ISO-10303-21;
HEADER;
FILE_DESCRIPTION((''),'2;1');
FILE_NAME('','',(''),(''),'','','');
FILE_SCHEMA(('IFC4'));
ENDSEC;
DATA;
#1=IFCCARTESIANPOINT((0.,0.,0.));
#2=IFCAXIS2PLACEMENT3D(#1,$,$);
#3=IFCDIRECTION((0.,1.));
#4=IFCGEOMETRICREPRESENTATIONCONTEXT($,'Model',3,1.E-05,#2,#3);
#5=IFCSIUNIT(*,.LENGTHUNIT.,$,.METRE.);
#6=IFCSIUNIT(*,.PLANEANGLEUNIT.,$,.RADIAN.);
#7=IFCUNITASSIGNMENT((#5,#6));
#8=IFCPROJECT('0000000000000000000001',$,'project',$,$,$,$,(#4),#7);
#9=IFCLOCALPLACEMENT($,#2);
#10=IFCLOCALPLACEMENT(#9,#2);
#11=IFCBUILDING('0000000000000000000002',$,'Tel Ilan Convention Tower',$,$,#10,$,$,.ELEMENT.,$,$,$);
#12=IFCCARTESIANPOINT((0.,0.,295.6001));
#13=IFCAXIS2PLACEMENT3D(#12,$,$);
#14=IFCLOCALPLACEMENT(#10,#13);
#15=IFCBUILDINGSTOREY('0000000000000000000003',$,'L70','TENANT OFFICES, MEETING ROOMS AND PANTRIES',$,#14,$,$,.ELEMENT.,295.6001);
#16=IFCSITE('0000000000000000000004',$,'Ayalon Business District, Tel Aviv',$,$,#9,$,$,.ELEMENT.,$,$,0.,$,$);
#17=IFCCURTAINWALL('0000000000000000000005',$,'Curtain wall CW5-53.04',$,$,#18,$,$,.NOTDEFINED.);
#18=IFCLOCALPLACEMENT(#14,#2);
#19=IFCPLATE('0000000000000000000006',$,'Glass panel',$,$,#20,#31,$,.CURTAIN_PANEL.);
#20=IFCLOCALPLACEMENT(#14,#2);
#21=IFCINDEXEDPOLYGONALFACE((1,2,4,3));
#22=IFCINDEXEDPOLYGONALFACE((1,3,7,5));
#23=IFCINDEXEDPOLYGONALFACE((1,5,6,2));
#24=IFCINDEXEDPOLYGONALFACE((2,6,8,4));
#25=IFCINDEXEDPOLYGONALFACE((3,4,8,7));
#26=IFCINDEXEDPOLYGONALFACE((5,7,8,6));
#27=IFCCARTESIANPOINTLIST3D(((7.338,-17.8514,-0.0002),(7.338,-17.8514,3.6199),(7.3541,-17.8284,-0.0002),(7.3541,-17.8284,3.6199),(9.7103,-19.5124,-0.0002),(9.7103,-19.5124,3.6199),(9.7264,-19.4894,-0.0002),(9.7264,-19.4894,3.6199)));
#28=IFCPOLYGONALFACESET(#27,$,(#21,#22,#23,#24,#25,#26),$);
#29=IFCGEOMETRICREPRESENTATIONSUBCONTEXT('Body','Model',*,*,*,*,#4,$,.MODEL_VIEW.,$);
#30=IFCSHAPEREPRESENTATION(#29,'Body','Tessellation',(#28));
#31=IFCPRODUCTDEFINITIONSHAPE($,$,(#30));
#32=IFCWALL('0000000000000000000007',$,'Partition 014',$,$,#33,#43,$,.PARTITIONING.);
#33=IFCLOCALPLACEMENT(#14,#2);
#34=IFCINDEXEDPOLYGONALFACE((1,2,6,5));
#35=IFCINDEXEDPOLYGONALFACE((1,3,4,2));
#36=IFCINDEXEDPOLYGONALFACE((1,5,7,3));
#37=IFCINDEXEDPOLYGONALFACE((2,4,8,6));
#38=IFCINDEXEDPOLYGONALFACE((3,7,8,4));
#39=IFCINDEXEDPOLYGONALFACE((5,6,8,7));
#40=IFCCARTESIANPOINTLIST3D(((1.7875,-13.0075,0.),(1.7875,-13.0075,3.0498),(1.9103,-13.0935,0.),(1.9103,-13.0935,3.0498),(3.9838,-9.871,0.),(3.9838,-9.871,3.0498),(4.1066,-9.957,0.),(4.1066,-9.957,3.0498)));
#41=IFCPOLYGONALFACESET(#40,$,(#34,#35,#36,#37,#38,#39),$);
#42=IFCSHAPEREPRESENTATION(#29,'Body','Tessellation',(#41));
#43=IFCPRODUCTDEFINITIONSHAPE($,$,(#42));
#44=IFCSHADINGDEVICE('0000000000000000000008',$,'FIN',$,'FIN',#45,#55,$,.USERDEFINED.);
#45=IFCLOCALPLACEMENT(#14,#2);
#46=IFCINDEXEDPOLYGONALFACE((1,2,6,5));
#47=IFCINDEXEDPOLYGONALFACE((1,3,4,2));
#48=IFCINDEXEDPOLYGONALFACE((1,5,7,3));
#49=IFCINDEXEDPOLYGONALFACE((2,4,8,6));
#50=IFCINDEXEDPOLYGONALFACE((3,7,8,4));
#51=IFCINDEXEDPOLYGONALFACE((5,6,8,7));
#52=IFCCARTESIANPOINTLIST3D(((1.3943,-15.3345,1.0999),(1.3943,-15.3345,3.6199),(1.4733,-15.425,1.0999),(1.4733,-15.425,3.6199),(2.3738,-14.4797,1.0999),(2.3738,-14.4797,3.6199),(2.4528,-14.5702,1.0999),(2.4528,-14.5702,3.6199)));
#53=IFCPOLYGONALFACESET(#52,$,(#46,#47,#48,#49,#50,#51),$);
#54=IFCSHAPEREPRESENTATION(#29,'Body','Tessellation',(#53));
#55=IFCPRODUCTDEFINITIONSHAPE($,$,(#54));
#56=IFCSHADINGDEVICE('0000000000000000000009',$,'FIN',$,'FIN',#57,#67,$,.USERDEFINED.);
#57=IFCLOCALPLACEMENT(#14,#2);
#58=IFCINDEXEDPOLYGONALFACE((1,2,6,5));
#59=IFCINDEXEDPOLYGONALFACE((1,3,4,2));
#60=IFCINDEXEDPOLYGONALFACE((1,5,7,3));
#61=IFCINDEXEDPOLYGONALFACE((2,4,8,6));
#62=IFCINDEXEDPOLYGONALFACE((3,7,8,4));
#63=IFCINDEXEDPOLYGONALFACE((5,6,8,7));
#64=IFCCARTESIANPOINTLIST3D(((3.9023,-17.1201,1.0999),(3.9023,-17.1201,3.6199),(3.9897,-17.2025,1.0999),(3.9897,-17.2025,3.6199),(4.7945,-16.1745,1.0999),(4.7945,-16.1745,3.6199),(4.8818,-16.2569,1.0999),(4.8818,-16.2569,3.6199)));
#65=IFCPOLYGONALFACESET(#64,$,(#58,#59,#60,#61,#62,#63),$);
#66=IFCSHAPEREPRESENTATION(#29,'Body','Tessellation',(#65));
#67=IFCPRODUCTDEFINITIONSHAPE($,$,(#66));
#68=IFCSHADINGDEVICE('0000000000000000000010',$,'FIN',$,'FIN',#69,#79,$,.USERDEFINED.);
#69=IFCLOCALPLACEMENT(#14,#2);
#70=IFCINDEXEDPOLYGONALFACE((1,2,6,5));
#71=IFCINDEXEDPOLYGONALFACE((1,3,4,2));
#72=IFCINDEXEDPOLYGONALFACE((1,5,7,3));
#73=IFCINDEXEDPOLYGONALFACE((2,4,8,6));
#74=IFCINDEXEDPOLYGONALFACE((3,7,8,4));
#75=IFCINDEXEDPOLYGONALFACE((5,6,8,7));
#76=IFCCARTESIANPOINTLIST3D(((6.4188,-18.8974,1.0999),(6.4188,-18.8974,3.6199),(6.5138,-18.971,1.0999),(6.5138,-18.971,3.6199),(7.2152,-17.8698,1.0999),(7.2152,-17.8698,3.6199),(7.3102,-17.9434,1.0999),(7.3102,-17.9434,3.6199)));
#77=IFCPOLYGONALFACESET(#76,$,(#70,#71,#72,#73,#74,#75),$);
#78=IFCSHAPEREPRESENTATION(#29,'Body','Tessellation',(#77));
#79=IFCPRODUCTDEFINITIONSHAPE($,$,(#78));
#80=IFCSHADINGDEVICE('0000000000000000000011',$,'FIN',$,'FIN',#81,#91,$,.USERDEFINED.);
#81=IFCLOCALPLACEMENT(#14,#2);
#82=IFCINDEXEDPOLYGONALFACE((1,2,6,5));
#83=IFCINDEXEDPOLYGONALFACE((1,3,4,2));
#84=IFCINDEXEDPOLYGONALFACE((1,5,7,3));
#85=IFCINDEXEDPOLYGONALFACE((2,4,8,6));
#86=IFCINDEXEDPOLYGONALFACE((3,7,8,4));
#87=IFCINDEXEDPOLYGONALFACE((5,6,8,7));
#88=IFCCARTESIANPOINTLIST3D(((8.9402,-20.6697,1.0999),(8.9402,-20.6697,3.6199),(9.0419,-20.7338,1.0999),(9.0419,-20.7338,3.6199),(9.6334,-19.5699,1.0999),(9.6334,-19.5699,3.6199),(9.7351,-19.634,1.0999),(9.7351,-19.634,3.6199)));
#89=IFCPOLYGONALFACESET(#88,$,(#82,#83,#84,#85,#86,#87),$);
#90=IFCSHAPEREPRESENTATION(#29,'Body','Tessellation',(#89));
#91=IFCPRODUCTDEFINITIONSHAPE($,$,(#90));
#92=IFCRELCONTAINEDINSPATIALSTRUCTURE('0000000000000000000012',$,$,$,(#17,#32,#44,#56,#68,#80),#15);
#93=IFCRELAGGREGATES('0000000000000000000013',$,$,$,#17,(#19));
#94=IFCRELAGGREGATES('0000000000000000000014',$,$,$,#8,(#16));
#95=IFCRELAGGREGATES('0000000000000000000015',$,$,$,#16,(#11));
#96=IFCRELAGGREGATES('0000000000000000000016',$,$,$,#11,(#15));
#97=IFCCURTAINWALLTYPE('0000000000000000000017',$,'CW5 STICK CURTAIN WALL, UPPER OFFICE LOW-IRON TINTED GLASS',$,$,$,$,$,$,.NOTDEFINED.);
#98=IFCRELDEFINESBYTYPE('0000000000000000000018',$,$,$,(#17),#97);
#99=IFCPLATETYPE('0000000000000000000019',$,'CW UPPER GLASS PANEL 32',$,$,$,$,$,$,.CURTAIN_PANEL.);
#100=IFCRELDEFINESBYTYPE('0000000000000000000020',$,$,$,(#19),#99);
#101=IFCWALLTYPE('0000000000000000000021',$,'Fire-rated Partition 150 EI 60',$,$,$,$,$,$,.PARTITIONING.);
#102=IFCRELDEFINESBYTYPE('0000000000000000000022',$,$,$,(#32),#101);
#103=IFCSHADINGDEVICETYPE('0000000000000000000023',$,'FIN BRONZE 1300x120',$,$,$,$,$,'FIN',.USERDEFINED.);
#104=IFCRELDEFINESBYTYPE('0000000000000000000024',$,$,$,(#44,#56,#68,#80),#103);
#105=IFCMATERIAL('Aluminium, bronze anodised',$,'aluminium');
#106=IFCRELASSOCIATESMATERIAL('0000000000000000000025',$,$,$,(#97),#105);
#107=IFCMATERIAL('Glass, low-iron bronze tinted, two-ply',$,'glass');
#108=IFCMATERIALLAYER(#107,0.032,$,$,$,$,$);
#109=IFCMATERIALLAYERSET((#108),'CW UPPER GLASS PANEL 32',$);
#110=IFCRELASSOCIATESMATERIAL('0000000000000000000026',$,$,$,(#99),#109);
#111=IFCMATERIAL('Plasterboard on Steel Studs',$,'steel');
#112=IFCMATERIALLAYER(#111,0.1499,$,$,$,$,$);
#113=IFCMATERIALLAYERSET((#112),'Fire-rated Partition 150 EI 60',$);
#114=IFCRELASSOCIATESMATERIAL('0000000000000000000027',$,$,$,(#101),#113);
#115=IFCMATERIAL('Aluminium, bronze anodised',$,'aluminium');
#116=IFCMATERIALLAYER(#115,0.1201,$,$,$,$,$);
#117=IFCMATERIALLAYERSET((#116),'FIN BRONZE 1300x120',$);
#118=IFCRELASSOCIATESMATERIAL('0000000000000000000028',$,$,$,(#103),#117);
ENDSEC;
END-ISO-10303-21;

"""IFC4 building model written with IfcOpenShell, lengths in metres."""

from ifc_helpers import new_model, si_unit, direction, frame, frame_2d, origin, origin_2d, place, context, subcontext, project, spatial, rectangle, extrude, material, layer, layer_set, type_object, element, aggregate, save


model = new_model("IFC4")

# Units and contexts
model_context = context("Model", 3, precision=1e-05, world=origin(), true_north=direction((0.0, 1.0)))
body_context = subcontext(model_context, "Body", "Model", "MODEL_VIEW")
ifc_project = project(units=[si_unit("LENGTHUNIT", "METRE"), si_unit("PLANEANGLEUNIT", "RADIAN")], contexts=[model_context])

# Site, building, storey
site_placement = place(None, origin())
site = spatial("IfcSite", under=ifc_project, at=site_placement, Name="Ayalon Business District, Tel Aviv", CompositionType="ELEMENT", RefElevation=0.0)
building_placement = place(site_placement, origin())
building = spatial("IfcBuilding", under=site, at=building_placement, Name="Tel Ilan Convention Tower", CompositionType="ELEMENT")
storey_placement = place(building_placement, frame((0.0, 0.0, 295.6001)))
storey = spatial("IfcBuildingStorey", under=building, at=storey_placement, Name="L70", Description="TENANT OFFICES, MEETING ROOMS AND PANTRIES", CompositionType="ELEMENT", Elevation=295.6001)

# Curtain wall, plate
ifc_material_1 = material(Name="Aluminium, bronze anodised", Category="aluminium")
curtain_wall_type = type_object("IfcCurtainWallType", Name="CW5 STICK CURTAIN WALL, UPPER OFFICE LOW-IRON TINTED GLASS", PredefinedType="NOTDEFINED", material=ifc_material_1)
curtain_wall_placement = place(storey_placement, origin())
curtain_wall = element("IfcCurtainWall", 1, at=curtain_wall_placement, inside=storey, type_object=curtain_wall_type, Name="Curtain wall CW5-53.04", PredefinedType="NOTDEFINED")
ifc_material_2 = material(Name="Glass, low-iron bronze tinted, two-ply", Category="glass")
ifc_layer_1 = layer(ifc_material_2, 0.032)
ifc_layer_set_1 = layer_set([ifc_layer_1], Name="CW UPPER GLASS PANEL 32")
plate_type = type_object("IfcPlateType", Name="CW UPPER GLASS PANEL 32", PredefinedType="CURTAIN_PANEL", material=ifc_layer_set_1)
plate_1_placement = place(storey_placement, frame((8.5322, -18.6704, -0.0002), z_axis=(0.0, 0.0, 1.0), x_axis=(0.819152, -0.573576, 0.0)))
plate_1 = element("IfcPlate", 2, at=plate_1_placement, type_object=plate_type, Name="Glass panel", PredefinedType="CURTAIN_PANEL", context=body_context, shape_type="SweptSolid", body=[
    extrude(rectangle(XDim=2.896, YDim=0.0281, at=origin_2d()), origin(), (0.0, 0.0, 1.0), 3.6201),
])
aggregate(curtain_wall, [plate_1])

# Wall
ifc_material_3 = material(Name="Plasterboard on Steel Studs", Category="steel")
ifc_layer_2 = layer(ifc_material_3, 0.1499)
ifc_layer_set_2 = layer_set([ifc_layer_2], Name="Fire-rated Partition 150 EI 60")
wall_type = type_object("IfcWallType", Name="Fire-rated Partition 150 EI 60", PredefinedType="PARTITIONING", material=ifc_layer_set_2)
wall_placement = place(storey_placement, frame((1.8489, -13.0505, 0.0), z_axis=(0.0, 0.0, 1.0), x_axis=(0.573595, 0.819139, 0.0)))
element("IfcWall", 3, at=wall_placement, inside=storey, type_object=wall_type, Name="Partition 014", PredefinedType="PARTITIONING", context=body_context, shape_type="SweptSolid", body=[
    extrude(rectangle(XDim=3.8291, YDim=0.1499, at=frame_2d((1.9146, 0.0))), origin(), (0.0, 0.0, 1.0), 3.0498),
])

# Shading devices
ifc_material_4 = material(Name="Aluminium, bronze anodised", Category="aluminium")
ifc_layer_3 = layer(ifc_material_4, 0.1201)
ifc_layer_set_3 = layer_set([ifc_layer_3], Name="FIN BRONZE 1300x120")
shading_device_type = type_object("IfcShadingDeviceType", Name="FIN BRONZE 1300x120", ElementType="FIN", PredefinedType="USERDEFINED", material=ifc_layer_set_3)
for number, where, z_axis, x_axis, name in (
    (4, (1.9236, -14.9524, 1.0999), (0.0, 0.0, 1.0), (-0.753436, -0.657521, 0.0), "FIN"),
    (5, (4.3921, -16.6885, 1.0999), (0.0, 0.0, 1.0), (-0.686242, -0.727374, 0.0), "FIN"),
    (6, (6.8645, -18.4204, 1.0999), (0.0, 0.0, 1.0), (-0.612601, -0.790393, 0.0), "FIN"),
    (7, (9.3376, -20.1519, 1.0999), (0.0, 0.0, 1.0), (-0.533204, -0.845986, 0.0), "FIN"),
):
    element("IfcShadingDevice", number, at=place(storey_placement, frame(where, z_axis=z_axis, x_axis=x_axis)), inside=storey, type_object=shading_device_type, Name=name, ObjectType="FIN", PredefinedType="USERDEFINED", context=body_context, shape_type="SweptSolid", body=[
        extrude(rectangle(XDim=1.3, YDim=0.1201, at=origin_2d()), origin(), (0.0, 0.0, 1.0), 2.52),
    ])

save(model, "model.ifc")
